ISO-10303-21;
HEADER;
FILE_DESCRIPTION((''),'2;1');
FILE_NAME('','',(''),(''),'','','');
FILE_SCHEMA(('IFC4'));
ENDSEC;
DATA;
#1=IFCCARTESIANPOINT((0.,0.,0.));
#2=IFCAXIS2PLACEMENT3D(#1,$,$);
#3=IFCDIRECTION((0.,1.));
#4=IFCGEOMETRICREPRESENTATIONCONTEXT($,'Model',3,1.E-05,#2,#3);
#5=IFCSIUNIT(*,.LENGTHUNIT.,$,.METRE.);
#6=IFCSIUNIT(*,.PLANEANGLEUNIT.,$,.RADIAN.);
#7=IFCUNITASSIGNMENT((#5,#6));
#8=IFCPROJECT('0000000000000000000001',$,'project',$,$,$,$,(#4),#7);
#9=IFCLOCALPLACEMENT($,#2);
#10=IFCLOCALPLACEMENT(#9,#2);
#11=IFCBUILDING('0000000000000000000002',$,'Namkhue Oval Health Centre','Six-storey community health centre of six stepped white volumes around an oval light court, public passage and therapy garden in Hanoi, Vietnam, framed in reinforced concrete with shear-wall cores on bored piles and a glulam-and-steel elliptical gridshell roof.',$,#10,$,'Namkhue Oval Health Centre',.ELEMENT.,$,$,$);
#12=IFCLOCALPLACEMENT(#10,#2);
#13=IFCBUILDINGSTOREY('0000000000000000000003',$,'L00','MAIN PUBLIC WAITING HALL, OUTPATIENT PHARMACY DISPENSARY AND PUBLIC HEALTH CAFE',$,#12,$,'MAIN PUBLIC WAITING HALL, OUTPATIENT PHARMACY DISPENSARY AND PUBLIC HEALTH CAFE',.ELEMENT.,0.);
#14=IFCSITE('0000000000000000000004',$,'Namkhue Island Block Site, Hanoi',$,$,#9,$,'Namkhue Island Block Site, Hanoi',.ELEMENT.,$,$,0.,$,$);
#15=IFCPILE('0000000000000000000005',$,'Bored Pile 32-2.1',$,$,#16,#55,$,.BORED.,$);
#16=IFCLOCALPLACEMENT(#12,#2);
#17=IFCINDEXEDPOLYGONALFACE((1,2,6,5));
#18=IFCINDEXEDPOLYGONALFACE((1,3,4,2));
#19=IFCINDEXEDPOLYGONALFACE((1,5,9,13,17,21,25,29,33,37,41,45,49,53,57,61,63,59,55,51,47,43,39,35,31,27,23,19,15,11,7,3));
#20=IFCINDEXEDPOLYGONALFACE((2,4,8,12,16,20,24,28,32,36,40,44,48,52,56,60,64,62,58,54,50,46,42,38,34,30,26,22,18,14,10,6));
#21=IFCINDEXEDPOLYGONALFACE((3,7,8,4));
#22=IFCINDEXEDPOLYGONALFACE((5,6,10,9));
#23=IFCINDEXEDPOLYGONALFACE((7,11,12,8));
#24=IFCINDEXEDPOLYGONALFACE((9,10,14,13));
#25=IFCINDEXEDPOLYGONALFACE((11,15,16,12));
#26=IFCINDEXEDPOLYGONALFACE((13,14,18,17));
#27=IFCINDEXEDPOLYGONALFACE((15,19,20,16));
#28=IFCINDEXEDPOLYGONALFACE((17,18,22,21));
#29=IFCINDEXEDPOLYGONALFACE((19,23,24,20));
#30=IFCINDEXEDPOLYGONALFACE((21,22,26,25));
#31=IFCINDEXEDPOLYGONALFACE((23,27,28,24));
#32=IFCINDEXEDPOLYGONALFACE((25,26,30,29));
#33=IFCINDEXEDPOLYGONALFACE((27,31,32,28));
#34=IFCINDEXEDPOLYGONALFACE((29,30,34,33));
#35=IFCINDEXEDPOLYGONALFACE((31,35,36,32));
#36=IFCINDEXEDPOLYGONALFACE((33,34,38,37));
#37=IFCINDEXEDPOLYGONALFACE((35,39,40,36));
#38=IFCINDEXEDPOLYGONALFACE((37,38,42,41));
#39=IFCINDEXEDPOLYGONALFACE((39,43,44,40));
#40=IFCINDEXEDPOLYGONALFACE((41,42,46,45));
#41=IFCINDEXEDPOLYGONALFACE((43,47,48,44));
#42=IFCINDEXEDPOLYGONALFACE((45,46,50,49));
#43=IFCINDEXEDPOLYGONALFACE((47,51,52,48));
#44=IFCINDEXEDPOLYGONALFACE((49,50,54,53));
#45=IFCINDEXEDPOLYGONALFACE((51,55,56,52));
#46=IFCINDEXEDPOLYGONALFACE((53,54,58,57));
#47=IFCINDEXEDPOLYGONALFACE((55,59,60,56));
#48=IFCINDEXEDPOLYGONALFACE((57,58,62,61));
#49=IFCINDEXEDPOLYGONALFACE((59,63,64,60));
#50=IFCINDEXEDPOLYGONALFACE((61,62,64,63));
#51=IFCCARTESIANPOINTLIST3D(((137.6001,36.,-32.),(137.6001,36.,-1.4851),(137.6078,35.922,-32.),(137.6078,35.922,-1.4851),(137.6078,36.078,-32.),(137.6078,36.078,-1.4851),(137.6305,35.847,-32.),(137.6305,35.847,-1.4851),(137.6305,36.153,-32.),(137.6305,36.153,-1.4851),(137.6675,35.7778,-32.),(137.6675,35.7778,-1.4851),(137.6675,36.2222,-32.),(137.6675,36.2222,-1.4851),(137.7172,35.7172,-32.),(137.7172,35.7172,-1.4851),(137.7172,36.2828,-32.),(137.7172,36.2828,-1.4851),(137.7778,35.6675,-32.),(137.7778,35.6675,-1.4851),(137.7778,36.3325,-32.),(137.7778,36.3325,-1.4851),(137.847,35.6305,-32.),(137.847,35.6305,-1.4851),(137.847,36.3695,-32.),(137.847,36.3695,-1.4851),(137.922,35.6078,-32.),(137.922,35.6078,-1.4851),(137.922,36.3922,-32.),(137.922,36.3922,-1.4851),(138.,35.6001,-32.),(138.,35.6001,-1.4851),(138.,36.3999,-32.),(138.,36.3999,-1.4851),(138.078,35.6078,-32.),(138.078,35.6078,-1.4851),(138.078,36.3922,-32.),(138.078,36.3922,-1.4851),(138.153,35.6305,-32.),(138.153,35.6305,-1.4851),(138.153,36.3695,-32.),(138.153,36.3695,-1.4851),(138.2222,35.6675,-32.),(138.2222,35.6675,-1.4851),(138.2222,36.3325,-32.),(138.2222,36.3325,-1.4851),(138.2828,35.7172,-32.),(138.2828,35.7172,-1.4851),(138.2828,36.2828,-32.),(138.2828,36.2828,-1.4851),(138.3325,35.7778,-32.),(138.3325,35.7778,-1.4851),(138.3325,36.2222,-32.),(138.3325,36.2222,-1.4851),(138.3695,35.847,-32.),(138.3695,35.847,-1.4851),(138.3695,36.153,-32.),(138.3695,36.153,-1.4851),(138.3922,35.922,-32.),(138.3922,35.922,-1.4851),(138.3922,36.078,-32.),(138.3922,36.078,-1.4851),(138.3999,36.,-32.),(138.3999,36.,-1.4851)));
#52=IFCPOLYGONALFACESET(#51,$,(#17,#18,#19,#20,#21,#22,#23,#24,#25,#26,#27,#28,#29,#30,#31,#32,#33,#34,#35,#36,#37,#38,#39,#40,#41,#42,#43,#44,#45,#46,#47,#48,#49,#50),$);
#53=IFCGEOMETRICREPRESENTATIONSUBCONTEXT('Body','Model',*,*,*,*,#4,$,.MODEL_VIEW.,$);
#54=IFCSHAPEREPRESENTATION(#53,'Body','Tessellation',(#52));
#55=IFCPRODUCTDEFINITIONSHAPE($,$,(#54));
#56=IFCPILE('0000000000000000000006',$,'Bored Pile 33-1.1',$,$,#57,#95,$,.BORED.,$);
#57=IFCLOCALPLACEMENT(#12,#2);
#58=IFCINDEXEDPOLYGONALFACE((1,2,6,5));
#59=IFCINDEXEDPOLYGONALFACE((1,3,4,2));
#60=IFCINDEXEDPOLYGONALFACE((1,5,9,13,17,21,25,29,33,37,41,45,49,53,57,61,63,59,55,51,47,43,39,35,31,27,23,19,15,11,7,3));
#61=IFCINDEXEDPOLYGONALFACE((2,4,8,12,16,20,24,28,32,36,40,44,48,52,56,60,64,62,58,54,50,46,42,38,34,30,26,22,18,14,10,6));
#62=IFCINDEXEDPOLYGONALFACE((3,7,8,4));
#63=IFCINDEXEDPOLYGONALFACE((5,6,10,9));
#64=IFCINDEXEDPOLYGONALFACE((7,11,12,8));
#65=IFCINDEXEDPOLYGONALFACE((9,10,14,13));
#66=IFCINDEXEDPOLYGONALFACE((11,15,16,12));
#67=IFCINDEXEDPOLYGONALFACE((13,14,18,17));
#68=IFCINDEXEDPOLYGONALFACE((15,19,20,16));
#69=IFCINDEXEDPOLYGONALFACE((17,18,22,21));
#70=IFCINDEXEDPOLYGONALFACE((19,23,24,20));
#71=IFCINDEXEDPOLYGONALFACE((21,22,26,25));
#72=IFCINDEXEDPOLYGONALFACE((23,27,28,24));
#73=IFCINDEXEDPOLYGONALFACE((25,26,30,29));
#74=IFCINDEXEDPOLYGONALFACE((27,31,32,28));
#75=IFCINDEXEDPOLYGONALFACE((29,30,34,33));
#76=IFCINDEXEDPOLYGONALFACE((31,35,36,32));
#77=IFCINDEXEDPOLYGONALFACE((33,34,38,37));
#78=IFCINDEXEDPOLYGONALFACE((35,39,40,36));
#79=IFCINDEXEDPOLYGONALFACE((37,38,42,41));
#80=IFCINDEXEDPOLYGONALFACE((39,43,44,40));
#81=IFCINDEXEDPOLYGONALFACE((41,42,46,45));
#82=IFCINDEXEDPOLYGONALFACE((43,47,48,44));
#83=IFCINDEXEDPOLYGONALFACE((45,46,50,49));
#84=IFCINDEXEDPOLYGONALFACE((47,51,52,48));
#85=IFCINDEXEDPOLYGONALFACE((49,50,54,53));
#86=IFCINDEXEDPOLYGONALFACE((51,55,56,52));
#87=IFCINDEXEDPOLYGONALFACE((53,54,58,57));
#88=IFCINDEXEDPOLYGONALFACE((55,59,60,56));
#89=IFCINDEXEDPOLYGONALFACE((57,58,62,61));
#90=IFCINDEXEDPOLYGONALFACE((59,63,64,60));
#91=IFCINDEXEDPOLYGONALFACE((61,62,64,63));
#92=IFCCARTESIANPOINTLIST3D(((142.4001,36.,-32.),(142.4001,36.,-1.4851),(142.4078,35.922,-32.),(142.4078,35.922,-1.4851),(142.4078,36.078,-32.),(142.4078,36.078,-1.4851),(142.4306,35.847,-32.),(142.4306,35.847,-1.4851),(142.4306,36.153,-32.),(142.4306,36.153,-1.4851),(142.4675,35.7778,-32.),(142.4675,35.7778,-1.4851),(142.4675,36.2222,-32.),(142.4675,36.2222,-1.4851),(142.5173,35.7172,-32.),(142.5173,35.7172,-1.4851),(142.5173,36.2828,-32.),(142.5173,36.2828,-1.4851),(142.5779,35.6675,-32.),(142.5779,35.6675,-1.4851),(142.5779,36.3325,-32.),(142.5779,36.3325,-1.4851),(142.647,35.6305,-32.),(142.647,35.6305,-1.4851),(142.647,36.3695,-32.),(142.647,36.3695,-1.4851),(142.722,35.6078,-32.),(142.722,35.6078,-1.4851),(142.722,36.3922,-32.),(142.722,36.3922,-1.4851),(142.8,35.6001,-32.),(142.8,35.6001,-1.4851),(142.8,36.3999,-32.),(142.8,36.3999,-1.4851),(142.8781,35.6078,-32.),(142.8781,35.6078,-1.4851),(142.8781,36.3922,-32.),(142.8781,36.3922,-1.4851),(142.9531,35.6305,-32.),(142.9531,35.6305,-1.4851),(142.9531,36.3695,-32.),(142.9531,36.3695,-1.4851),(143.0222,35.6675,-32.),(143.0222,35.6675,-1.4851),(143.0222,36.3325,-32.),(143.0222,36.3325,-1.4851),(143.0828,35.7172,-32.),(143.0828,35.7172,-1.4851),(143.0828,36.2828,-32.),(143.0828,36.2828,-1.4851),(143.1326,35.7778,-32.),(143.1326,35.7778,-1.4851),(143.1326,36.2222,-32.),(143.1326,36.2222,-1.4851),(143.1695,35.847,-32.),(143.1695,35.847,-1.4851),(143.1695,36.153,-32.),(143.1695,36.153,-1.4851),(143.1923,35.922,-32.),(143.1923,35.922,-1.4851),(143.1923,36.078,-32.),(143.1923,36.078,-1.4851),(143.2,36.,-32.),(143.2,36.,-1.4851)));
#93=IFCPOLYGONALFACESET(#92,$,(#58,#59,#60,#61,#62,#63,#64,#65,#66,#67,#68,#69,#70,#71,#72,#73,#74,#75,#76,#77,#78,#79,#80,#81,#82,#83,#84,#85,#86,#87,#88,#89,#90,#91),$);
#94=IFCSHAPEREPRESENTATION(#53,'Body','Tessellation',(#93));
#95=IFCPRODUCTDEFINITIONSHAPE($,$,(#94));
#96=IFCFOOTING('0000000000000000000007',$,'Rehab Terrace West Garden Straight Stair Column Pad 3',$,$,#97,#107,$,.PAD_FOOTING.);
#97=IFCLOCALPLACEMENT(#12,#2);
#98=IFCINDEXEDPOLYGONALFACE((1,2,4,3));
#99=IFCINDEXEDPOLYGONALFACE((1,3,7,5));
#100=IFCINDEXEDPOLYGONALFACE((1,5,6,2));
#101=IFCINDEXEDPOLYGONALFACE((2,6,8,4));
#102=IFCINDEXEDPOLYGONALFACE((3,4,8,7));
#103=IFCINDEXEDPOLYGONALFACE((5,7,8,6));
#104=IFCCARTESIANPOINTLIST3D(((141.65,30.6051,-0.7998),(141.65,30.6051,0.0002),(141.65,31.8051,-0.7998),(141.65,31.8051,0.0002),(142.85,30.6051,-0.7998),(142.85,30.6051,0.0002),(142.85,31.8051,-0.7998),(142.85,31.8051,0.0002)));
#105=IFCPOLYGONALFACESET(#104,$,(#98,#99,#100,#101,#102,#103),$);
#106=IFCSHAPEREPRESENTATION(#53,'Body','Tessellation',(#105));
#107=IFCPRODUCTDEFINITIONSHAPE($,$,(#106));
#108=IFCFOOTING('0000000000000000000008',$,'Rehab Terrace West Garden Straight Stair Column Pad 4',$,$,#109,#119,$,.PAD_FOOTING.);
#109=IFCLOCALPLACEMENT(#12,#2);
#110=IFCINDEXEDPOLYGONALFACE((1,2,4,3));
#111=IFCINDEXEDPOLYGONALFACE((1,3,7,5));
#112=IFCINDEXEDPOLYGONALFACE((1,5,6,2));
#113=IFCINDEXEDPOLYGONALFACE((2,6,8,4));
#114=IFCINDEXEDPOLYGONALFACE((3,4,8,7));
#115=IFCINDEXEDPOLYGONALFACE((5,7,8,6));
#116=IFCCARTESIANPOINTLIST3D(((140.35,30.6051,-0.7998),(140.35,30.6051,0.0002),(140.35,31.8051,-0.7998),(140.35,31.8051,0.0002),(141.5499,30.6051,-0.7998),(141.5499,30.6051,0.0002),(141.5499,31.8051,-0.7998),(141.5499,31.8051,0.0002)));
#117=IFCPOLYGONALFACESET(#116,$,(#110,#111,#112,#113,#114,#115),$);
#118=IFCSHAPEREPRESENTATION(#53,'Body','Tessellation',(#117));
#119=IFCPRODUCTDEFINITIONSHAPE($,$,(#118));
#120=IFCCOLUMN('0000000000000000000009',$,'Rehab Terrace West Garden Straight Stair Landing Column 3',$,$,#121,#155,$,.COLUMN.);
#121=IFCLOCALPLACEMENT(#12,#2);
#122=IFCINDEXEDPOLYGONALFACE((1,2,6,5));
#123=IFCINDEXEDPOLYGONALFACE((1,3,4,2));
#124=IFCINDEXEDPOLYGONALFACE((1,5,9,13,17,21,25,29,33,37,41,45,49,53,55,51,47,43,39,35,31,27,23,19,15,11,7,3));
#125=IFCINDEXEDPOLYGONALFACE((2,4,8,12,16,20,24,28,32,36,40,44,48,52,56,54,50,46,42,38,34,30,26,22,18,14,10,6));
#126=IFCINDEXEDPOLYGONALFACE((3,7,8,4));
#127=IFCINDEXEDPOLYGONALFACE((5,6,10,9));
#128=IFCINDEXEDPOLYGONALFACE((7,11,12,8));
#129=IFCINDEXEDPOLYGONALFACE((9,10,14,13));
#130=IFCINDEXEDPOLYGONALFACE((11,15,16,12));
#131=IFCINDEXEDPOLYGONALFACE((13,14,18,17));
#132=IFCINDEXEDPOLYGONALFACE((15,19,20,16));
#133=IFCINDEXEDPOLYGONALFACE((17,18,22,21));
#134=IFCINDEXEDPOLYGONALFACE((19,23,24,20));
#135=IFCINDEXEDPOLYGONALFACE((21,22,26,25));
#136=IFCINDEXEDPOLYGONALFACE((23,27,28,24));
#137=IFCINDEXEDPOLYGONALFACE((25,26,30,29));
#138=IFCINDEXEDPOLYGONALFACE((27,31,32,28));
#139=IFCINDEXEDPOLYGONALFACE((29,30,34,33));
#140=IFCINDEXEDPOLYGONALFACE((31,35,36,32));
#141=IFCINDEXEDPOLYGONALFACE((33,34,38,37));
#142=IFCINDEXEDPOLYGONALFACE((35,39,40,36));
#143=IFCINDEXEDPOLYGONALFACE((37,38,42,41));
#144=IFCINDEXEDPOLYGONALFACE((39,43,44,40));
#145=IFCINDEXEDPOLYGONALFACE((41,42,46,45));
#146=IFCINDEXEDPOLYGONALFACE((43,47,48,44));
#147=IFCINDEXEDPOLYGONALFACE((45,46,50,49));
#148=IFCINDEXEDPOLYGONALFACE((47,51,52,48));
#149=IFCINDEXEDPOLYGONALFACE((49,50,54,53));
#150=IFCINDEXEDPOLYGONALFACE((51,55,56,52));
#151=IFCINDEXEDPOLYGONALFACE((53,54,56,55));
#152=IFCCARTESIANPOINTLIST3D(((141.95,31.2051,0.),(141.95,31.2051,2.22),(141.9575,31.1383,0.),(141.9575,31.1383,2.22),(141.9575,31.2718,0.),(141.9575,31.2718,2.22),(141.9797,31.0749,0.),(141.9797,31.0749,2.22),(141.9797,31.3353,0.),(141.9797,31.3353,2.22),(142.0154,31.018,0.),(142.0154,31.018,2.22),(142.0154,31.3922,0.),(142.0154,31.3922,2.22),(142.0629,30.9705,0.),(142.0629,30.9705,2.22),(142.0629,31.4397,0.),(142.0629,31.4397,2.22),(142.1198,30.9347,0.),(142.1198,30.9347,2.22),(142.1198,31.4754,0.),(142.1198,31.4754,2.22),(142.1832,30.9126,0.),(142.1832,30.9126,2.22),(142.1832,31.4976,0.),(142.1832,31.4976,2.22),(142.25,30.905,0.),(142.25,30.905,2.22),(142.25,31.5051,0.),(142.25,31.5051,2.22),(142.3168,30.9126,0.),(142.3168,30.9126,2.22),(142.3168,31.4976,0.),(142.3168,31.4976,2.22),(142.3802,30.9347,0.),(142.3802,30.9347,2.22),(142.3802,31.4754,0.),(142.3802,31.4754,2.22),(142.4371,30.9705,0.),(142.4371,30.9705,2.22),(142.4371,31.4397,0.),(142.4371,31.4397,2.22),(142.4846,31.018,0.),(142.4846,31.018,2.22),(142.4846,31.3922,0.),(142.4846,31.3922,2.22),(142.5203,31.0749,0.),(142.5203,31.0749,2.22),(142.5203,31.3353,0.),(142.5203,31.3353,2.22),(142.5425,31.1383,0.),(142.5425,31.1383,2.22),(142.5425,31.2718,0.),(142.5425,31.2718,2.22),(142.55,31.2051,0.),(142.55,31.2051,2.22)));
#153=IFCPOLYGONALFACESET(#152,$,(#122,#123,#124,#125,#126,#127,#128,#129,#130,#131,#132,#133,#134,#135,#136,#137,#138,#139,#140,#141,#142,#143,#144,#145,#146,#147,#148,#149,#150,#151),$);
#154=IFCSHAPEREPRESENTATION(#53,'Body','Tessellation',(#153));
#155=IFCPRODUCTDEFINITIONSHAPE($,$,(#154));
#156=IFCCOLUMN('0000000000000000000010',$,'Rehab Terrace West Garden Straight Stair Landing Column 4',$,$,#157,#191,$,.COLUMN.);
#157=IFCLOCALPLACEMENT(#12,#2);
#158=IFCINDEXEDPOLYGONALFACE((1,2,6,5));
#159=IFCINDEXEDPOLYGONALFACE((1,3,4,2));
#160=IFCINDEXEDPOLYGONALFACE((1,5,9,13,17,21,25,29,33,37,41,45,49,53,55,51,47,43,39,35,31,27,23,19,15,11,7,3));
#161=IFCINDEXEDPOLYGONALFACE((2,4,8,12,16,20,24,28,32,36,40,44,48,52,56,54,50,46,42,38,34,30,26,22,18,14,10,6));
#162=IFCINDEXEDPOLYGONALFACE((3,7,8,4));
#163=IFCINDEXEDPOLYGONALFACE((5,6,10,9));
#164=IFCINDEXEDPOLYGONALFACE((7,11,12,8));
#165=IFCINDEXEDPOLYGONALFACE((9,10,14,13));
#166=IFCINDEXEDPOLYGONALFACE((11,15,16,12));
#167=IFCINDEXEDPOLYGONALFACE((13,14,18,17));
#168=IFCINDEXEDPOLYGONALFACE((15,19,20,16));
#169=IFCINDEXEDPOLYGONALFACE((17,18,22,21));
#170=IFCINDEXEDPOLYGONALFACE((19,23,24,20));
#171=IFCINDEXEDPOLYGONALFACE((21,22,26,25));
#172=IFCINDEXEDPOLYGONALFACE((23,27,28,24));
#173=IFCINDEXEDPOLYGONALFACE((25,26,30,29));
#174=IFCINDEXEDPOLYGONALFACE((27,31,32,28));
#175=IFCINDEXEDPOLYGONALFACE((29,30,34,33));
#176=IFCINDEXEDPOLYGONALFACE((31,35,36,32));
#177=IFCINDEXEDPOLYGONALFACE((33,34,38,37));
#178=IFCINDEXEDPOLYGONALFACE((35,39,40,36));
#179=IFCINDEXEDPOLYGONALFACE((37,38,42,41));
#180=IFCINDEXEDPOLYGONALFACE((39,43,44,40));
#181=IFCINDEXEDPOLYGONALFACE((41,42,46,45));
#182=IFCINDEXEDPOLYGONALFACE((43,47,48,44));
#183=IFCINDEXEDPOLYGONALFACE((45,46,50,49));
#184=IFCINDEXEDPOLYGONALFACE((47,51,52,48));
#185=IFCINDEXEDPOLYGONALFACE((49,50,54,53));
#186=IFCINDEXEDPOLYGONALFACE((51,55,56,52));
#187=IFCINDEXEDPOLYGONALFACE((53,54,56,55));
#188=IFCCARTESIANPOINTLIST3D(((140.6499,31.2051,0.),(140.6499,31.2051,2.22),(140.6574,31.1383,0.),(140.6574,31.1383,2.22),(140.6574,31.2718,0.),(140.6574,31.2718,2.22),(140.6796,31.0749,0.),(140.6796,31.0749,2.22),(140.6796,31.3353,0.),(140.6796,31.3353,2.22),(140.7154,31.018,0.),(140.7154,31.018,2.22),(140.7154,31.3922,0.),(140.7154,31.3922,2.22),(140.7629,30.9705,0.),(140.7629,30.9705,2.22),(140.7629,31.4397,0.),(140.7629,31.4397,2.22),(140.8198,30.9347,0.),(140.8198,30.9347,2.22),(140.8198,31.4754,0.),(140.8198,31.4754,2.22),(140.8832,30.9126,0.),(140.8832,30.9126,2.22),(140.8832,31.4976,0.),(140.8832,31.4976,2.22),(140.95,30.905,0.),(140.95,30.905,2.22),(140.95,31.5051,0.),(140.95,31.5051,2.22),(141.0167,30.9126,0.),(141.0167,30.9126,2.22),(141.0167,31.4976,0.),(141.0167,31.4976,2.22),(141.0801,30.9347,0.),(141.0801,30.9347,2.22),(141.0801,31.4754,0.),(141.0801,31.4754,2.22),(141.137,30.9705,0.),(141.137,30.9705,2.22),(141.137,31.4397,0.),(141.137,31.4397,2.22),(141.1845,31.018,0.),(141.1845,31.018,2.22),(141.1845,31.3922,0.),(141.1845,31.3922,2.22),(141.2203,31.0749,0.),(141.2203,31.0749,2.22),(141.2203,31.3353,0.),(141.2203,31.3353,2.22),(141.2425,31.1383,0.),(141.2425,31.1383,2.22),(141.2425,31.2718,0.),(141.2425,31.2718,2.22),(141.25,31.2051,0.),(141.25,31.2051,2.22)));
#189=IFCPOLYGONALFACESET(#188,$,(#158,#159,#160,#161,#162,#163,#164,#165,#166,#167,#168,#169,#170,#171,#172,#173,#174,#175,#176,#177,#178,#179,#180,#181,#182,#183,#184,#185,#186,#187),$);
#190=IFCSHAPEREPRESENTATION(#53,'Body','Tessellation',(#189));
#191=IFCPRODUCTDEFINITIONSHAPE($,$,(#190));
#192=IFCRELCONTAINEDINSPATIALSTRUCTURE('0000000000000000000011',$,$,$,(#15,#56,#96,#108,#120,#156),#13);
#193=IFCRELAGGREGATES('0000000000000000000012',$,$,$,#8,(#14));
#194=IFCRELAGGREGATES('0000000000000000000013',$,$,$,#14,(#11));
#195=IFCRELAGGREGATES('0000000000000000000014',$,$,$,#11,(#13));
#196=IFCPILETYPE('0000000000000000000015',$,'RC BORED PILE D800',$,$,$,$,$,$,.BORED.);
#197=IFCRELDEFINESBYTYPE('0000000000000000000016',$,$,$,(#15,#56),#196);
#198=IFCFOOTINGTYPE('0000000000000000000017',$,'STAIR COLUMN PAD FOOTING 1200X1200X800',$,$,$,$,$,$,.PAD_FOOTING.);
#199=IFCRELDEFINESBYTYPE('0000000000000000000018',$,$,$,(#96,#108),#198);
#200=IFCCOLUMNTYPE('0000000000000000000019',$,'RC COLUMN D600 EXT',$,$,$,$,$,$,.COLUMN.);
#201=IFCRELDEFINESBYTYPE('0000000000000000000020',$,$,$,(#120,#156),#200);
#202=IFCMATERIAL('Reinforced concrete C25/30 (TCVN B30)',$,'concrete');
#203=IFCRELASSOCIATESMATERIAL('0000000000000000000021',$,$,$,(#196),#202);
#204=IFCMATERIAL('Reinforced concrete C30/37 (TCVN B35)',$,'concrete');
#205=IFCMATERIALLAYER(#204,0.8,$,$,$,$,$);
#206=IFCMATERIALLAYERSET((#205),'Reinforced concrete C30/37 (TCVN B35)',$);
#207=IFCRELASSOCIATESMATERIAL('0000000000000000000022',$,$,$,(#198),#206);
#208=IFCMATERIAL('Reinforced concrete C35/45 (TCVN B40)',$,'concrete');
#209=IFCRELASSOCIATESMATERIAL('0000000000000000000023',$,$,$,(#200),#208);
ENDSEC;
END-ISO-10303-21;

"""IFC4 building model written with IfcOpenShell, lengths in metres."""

from ifc_helpers import new_model, si_unit, direction, frame, origin, origin_2d, place, context, subcontext, project, spatial, rectangle, circle, extrude, material, layer, layer_set, material_profile, profile_set, type_object, element, save


model = new_model("IFC4")

# Units and contexts
model_context = context("Model", 3, precision=1e-05, world=origin(), true_north=direction((0.0, 1.0)))
body_context = subcontext(model_context, "Body", "Model", "MODEL_VIEW")
ifc_project = project(units=[si_unit("LENGTHUNIT", "METRE"), si_unit("PLANEANGLEUNIT", "RADIAN")], contexts=[model_context])

# Site, building, storey
site_placement = place(None, origin())
site = spatial("IfcSite", under=ifc_project, at=site_placement, Name="Namkhue Island Block Site, Hanoi", LongName="Namkhue Island Block Site, Hanoi", CompositionType="ELEMENT", RefElevation=0.0)
building_placement = place(site_placement, origin())
building = spatial("IfcBuilding", under=site, at=building_placement, Name="Namkhue Oval Health Centre", Description="Six-storey community health centre of six stepped white volumes around an oval light court, public passage and therapy garden in Hanoi, Vietnam, framed in reinforced concrete with shear-wall cores on bored piles and a glulam-and-steel elliptical gridshell roof.", LongName="Namkhue Oval Health Centre", CompositionType="ELEMENT")
storey_placement = place(building_placement, origin())
storey = spatial("IfcBuildingStorey", under=building, at=storey_placement, Name="L00", Description="MAIN PUBLIC WAITING HALL, OUTPATIENT PHARMACY DISPENSARY AND PUBLIC HEALTH CAFE", LongName="MAIN PUBLIC WAITING HALL, OUTPATIENT PHARMACY DISPENSARY AND PUBLIC HEALTH CAFE", CompositionType="ELEMENT", Elevation=0.0)

# Shared definitions
ifc_material_1 = material(Name="Reinforced concrete C30/37 (TCVN B35)", Category="concrete")

# Piles
ifc_material_2 = material(Name="Reinforced concrete C25/30 (TCVN B30)", Category="concrete")
ifc_material_profile_1 = material_profile(ifc_material_2, circle(Radius=0.3999, at=origin_2d()), Name="BORED PILE D800")
ifc_profile_set_1 = profile_set([ifc_material_profile_1], Name="Reinforced concrete C25/30 (TCVN B30)")
pile_type = type_object("IfcPileType", Name="RC BORED PILE D800", PredefinedType="BORED", material=ifc_profile_set_1)
for number, where, z_axis, x_axis, name in (
    (1, (138.0, 36.0, -1.4851), (0.0, 0.0, -1.0), (1.0, 0.0, 0.0), "Bored Pile 32-2.1"),
    (2, (142.8, 36.0, -1.4851), (0.0, 0.0, -1.0), (1.0, 0.0, 0.0), "Bored Pile 33-1.1"),
):
    element("IfcPile", number, at=place(storey_placement, frame(where, z_axis=z_axis, x_axis=x_axis)), inside=storey, type_object=pile_type, Name=name, PredefinedType="BORED", context=body_context, shape_type="SweptSolid", body=[
        extrude(circle(Radius=0.3999, at=origin_2d()), origin(), (0.0, 0.0, 1.0), 30.5149),
    ])

# Footings
ifc_layer_1 = layer(ifc_material_1, 0.8)
ifc_layer_set_1 = layer_set([ifc_layer_1], Name="Reinforced concrete C30/37 (TCVN B35)")
footing_type_1 = type_object("IfcFootingType", Name="STAIR COLUMN PAD FOOTING 1200X1200X800", PredefinedType="PAD_FOOTING", material=ifc_layer_set_1)
for number, where, z_axis, x_axis, name in (
    (3, (142.25, 31.2051, -0.7998), (0.0, 0.0, 1.0), (1.0, 0.0, 0.0), "Rehab Terrace West Garden Straight Stair Column Pad 3"),
    (4, (140.95, 31.2051, -0.7998), (0.0, 0.0, 1.0), (1.0, 0.0, 0.0), "Rehab Terrace West Garden Straight Stair Column Pad 4"),
):
    element("IfcFooting", number, at=place(storey_placement, frame(where, z_axis=z_axis, x_axis=x_axis)), inside=storey, type_object=footing_type_1, Name=name, PredefinedType="PAD_FOOTING", context=body_context, shape_type="SweptSolid", body=[
        extrude(rectangle(XDim=1.2, YDim=1.2, at=origin_2d()), origin(), (0.0, 0.0, 1.0), 0.8),
    ])

# Columns
ifc_material_3 = material(Name="Reinforced concrete C35/45 (TCVN B40)", Category="concrete")
ifc_material_profile_2 = material_profile(ifc_material_3, circle(Radius=0.3, at=origin_2d()), Name="RC D600")
ifc_profile_set_2 = profile_set([ifc_material_profile_2], Name="Reinforced concrete C35/45 (TCVN B40)")
column_type_1 = type_object("IfcColumnType", Name="RC COLUMN D600 EXT", PredefinedType="COLUMN", material=ifc_profile_set_2)
for number, where, z_axis, x_axis, name in (
    (5, (142.25, 31.2051, 0.0), (0.0, 0.0, 1.0), (1.0, 0.0, 0.0), "Rehab Terrace West Garden Straight Stair Landing Column 3"),
    (6, (140.95, 31.2051, 0.0), (0.0, 0.0, 1.0), (1.0, 0.0, 0.0), "Rehab Terrace West Garden Straight Stair Landing Column 4"),
):
    element("IfcColumn", number, at=place(storey_placement, frame(where, z_axis=z_axis, x_axis=x_axis)), inside=storey, type_object=column_type_1, Name=name, PredefinedType="COLUMN", context=body_context, shape_type="SweptSolid", body=[
        extrude(circle(Radius=0.3, at=origin_2d()), origin(), (0.0, 0.0, 1.0), 2.22),
    ])

save(model, "model.ifc")
